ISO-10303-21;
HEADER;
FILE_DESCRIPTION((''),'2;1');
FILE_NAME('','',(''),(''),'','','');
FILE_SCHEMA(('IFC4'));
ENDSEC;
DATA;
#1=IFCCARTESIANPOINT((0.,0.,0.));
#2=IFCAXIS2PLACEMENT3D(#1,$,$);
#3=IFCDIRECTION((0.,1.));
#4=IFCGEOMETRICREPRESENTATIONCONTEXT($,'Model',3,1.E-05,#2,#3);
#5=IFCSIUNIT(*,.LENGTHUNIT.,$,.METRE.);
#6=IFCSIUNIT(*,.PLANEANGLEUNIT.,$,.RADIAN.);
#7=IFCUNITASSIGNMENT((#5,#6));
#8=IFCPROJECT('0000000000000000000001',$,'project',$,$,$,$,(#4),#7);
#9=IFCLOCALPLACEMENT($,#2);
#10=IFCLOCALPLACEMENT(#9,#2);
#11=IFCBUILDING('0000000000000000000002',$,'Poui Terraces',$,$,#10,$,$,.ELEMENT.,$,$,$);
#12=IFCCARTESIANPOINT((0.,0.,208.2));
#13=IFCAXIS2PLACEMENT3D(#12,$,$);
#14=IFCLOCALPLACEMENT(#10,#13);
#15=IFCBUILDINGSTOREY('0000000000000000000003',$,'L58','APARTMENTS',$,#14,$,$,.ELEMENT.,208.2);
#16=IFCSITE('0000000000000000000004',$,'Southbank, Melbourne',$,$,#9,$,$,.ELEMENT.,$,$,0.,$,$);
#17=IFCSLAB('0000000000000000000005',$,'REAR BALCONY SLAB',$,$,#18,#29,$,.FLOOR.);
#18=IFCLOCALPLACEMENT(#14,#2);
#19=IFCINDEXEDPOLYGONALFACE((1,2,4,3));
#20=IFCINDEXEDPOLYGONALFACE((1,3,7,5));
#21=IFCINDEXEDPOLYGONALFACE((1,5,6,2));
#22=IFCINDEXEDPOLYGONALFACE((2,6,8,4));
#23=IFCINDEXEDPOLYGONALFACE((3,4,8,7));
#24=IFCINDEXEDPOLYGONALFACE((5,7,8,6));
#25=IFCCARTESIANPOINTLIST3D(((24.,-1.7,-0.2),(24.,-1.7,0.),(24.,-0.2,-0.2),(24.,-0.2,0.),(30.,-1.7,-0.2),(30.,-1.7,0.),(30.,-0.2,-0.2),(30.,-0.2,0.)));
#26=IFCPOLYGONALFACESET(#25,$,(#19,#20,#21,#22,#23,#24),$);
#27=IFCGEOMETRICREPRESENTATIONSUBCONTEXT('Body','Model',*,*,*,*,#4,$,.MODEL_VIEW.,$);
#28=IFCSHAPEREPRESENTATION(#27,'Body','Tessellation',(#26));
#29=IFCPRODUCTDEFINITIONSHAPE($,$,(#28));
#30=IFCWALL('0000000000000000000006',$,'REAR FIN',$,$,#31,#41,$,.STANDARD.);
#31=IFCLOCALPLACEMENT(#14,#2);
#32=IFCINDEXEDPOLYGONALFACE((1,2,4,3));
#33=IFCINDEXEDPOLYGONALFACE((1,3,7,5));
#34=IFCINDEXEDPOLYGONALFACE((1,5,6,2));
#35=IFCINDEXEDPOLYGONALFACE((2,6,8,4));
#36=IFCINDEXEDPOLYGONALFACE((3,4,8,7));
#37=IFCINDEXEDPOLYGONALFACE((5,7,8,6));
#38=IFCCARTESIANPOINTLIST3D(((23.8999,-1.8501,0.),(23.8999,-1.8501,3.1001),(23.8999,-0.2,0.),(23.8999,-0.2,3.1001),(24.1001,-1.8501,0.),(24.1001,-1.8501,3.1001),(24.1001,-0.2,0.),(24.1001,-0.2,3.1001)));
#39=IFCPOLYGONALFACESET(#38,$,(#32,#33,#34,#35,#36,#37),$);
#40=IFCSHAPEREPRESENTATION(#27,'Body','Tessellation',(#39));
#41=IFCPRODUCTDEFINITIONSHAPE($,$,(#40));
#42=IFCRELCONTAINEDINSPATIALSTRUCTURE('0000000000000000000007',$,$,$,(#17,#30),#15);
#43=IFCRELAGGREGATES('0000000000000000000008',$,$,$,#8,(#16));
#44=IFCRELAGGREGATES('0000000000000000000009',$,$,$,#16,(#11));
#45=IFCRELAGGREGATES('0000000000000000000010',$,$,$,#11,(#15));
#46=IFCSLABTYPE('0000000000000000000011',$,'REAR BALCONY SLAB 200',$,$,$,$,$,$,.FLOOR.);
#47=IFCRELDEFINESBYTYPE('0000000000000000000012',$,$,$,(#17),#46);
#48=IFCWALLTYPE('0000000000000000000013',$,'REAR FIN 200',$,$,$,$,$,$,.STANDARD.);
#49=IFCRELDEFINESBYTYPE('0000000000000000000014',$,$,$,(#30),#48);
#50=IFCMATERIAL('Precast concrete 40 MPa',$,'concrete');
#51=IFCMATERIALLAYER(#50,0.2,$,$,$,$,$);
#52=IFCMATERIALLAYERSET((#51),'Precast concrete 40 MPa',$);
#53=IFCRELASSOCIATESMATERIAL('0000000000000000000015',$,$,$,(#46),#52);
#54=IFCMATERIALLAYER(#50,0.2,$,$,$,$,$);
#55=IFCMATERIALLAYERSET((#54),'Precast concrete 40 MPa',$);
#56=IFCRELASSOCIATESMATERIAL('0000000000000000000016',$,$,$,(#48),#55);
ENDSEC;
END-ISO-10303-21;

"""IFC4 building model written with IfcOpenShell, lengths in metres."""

from ifc_helpers import new_model, si_unit, direction, frame, origin, place, context, subcontext, project, spatial, polyline, outline, extrude, source, transform, mapped, material, layer, layer_set, type_object, element, save


model = new_model("IFC4")

# Units and contexts
model_context = context("Model", 3, precision=1e-05, world=origin(), true_north=direction((0.0, 1.0)))
body_context = subcontext(model_context, "Body", "Model", "MODEL_VIEW")
ifc_project = project(units=[si_unit("LENGTHUNIT", "METRE"), si_unit("PLANEANGLEUNIT", "RADIAN")], contexts=[model_context])

# Site, building, storey
site_placement = place(None, origin())
site = spatial("IfcSite", under=ifc_project, at=site_placement, Name="Southbank, Melbourne", CompositionType="ELEMENT", RefElevation=0.0)
building_placement = place(site_placement, origin())
building = spatial("IfcBuilding", under=site, at=building_placement, Name="Poui Terraces", CompositionType="ELEMENT")
storey_placement = place(building_placement, frame((0.0, 0.0, 208.2)))
storey = spatial("IfcBuildingStorey", under=building, at=storey_placement, Name="L58", Description="APARTMENTS", CompositionType="ELEMENT", Elevation=208.2)

# Slab
ifc_material = material(Name="Precast concrete 40 MPa", Category="concrete")
ifc_layer_1 = layer(ifc_material, 0.2)
ifc_layer_set_1 = layer_set([ifc_layer_1], Name="Precast concrete 40 MPa")
slab_type = type_object("IfcSlabType", Name="REAR BALCONY SLAB 200", PredefinedType="FLOOR", material=ifc_layer_set_1)
shared_shape_1 = source(origin(), body_context, "Body", "SweptSolid", [
    extrude(outline(polyline([(0.0, 0.0), (6.0, 0.0), (6.0, 1.5), (0.0, 1.5), (0.0, 0.0)])), origin(), (0.0, 0.0, 1.0), 0.2),
])
slab_placement = place(storey_placement, frame((24.0, -1.7, -0.2)))
element("IfcSlab", 1, at=slab_placement, inside=storey, type_object=slab_type, Name="REAR BALCONY SLAB", PredefinedType="FLOOR", context=body_context, shape_type="MappedRepresentation", body=[
    mapped(shared_shape_1, transform((0.0, 0.0, 0.0))),
])

# Wall
ifc_layer_2 = layer(ifc_material, 0.2)
ifc_layer_set_2 = layer_set([ifc_layer_2], Name="Precast concrete 40 MPa")
wall_type = type_object("IfcWallType", Name="REAR FIN 200", PredefinedType="STANDARD", material=ifc_layer_set_2)
shared_shape_2 = source(origin(), body_context, "Body", "SweptSolid", [
    extrude(outline(polyline([(0.0, 0.0), (0.2002, 0.0), (0.2002, 1.6501), (0.0, 1.6501), (0.0, 0.0)])), origin(), (0.0, 0.0, 1.0), 3.1001),
])
wall_placement = place(storey_placement, frame((23.8999, -1.8501, 0.0)))
element("IfcWall", 2, at=wall_placement, inside=storey, type_object=wall_type, Name="REAR FIN", PredefinedType="STANDARD", context=body_context, shape_type="MappedRepresentation", body=[
    mapped(shared_shape_2, transform((0.0, 0.0, 0.0))),
])

save(model, "model.ifc")
